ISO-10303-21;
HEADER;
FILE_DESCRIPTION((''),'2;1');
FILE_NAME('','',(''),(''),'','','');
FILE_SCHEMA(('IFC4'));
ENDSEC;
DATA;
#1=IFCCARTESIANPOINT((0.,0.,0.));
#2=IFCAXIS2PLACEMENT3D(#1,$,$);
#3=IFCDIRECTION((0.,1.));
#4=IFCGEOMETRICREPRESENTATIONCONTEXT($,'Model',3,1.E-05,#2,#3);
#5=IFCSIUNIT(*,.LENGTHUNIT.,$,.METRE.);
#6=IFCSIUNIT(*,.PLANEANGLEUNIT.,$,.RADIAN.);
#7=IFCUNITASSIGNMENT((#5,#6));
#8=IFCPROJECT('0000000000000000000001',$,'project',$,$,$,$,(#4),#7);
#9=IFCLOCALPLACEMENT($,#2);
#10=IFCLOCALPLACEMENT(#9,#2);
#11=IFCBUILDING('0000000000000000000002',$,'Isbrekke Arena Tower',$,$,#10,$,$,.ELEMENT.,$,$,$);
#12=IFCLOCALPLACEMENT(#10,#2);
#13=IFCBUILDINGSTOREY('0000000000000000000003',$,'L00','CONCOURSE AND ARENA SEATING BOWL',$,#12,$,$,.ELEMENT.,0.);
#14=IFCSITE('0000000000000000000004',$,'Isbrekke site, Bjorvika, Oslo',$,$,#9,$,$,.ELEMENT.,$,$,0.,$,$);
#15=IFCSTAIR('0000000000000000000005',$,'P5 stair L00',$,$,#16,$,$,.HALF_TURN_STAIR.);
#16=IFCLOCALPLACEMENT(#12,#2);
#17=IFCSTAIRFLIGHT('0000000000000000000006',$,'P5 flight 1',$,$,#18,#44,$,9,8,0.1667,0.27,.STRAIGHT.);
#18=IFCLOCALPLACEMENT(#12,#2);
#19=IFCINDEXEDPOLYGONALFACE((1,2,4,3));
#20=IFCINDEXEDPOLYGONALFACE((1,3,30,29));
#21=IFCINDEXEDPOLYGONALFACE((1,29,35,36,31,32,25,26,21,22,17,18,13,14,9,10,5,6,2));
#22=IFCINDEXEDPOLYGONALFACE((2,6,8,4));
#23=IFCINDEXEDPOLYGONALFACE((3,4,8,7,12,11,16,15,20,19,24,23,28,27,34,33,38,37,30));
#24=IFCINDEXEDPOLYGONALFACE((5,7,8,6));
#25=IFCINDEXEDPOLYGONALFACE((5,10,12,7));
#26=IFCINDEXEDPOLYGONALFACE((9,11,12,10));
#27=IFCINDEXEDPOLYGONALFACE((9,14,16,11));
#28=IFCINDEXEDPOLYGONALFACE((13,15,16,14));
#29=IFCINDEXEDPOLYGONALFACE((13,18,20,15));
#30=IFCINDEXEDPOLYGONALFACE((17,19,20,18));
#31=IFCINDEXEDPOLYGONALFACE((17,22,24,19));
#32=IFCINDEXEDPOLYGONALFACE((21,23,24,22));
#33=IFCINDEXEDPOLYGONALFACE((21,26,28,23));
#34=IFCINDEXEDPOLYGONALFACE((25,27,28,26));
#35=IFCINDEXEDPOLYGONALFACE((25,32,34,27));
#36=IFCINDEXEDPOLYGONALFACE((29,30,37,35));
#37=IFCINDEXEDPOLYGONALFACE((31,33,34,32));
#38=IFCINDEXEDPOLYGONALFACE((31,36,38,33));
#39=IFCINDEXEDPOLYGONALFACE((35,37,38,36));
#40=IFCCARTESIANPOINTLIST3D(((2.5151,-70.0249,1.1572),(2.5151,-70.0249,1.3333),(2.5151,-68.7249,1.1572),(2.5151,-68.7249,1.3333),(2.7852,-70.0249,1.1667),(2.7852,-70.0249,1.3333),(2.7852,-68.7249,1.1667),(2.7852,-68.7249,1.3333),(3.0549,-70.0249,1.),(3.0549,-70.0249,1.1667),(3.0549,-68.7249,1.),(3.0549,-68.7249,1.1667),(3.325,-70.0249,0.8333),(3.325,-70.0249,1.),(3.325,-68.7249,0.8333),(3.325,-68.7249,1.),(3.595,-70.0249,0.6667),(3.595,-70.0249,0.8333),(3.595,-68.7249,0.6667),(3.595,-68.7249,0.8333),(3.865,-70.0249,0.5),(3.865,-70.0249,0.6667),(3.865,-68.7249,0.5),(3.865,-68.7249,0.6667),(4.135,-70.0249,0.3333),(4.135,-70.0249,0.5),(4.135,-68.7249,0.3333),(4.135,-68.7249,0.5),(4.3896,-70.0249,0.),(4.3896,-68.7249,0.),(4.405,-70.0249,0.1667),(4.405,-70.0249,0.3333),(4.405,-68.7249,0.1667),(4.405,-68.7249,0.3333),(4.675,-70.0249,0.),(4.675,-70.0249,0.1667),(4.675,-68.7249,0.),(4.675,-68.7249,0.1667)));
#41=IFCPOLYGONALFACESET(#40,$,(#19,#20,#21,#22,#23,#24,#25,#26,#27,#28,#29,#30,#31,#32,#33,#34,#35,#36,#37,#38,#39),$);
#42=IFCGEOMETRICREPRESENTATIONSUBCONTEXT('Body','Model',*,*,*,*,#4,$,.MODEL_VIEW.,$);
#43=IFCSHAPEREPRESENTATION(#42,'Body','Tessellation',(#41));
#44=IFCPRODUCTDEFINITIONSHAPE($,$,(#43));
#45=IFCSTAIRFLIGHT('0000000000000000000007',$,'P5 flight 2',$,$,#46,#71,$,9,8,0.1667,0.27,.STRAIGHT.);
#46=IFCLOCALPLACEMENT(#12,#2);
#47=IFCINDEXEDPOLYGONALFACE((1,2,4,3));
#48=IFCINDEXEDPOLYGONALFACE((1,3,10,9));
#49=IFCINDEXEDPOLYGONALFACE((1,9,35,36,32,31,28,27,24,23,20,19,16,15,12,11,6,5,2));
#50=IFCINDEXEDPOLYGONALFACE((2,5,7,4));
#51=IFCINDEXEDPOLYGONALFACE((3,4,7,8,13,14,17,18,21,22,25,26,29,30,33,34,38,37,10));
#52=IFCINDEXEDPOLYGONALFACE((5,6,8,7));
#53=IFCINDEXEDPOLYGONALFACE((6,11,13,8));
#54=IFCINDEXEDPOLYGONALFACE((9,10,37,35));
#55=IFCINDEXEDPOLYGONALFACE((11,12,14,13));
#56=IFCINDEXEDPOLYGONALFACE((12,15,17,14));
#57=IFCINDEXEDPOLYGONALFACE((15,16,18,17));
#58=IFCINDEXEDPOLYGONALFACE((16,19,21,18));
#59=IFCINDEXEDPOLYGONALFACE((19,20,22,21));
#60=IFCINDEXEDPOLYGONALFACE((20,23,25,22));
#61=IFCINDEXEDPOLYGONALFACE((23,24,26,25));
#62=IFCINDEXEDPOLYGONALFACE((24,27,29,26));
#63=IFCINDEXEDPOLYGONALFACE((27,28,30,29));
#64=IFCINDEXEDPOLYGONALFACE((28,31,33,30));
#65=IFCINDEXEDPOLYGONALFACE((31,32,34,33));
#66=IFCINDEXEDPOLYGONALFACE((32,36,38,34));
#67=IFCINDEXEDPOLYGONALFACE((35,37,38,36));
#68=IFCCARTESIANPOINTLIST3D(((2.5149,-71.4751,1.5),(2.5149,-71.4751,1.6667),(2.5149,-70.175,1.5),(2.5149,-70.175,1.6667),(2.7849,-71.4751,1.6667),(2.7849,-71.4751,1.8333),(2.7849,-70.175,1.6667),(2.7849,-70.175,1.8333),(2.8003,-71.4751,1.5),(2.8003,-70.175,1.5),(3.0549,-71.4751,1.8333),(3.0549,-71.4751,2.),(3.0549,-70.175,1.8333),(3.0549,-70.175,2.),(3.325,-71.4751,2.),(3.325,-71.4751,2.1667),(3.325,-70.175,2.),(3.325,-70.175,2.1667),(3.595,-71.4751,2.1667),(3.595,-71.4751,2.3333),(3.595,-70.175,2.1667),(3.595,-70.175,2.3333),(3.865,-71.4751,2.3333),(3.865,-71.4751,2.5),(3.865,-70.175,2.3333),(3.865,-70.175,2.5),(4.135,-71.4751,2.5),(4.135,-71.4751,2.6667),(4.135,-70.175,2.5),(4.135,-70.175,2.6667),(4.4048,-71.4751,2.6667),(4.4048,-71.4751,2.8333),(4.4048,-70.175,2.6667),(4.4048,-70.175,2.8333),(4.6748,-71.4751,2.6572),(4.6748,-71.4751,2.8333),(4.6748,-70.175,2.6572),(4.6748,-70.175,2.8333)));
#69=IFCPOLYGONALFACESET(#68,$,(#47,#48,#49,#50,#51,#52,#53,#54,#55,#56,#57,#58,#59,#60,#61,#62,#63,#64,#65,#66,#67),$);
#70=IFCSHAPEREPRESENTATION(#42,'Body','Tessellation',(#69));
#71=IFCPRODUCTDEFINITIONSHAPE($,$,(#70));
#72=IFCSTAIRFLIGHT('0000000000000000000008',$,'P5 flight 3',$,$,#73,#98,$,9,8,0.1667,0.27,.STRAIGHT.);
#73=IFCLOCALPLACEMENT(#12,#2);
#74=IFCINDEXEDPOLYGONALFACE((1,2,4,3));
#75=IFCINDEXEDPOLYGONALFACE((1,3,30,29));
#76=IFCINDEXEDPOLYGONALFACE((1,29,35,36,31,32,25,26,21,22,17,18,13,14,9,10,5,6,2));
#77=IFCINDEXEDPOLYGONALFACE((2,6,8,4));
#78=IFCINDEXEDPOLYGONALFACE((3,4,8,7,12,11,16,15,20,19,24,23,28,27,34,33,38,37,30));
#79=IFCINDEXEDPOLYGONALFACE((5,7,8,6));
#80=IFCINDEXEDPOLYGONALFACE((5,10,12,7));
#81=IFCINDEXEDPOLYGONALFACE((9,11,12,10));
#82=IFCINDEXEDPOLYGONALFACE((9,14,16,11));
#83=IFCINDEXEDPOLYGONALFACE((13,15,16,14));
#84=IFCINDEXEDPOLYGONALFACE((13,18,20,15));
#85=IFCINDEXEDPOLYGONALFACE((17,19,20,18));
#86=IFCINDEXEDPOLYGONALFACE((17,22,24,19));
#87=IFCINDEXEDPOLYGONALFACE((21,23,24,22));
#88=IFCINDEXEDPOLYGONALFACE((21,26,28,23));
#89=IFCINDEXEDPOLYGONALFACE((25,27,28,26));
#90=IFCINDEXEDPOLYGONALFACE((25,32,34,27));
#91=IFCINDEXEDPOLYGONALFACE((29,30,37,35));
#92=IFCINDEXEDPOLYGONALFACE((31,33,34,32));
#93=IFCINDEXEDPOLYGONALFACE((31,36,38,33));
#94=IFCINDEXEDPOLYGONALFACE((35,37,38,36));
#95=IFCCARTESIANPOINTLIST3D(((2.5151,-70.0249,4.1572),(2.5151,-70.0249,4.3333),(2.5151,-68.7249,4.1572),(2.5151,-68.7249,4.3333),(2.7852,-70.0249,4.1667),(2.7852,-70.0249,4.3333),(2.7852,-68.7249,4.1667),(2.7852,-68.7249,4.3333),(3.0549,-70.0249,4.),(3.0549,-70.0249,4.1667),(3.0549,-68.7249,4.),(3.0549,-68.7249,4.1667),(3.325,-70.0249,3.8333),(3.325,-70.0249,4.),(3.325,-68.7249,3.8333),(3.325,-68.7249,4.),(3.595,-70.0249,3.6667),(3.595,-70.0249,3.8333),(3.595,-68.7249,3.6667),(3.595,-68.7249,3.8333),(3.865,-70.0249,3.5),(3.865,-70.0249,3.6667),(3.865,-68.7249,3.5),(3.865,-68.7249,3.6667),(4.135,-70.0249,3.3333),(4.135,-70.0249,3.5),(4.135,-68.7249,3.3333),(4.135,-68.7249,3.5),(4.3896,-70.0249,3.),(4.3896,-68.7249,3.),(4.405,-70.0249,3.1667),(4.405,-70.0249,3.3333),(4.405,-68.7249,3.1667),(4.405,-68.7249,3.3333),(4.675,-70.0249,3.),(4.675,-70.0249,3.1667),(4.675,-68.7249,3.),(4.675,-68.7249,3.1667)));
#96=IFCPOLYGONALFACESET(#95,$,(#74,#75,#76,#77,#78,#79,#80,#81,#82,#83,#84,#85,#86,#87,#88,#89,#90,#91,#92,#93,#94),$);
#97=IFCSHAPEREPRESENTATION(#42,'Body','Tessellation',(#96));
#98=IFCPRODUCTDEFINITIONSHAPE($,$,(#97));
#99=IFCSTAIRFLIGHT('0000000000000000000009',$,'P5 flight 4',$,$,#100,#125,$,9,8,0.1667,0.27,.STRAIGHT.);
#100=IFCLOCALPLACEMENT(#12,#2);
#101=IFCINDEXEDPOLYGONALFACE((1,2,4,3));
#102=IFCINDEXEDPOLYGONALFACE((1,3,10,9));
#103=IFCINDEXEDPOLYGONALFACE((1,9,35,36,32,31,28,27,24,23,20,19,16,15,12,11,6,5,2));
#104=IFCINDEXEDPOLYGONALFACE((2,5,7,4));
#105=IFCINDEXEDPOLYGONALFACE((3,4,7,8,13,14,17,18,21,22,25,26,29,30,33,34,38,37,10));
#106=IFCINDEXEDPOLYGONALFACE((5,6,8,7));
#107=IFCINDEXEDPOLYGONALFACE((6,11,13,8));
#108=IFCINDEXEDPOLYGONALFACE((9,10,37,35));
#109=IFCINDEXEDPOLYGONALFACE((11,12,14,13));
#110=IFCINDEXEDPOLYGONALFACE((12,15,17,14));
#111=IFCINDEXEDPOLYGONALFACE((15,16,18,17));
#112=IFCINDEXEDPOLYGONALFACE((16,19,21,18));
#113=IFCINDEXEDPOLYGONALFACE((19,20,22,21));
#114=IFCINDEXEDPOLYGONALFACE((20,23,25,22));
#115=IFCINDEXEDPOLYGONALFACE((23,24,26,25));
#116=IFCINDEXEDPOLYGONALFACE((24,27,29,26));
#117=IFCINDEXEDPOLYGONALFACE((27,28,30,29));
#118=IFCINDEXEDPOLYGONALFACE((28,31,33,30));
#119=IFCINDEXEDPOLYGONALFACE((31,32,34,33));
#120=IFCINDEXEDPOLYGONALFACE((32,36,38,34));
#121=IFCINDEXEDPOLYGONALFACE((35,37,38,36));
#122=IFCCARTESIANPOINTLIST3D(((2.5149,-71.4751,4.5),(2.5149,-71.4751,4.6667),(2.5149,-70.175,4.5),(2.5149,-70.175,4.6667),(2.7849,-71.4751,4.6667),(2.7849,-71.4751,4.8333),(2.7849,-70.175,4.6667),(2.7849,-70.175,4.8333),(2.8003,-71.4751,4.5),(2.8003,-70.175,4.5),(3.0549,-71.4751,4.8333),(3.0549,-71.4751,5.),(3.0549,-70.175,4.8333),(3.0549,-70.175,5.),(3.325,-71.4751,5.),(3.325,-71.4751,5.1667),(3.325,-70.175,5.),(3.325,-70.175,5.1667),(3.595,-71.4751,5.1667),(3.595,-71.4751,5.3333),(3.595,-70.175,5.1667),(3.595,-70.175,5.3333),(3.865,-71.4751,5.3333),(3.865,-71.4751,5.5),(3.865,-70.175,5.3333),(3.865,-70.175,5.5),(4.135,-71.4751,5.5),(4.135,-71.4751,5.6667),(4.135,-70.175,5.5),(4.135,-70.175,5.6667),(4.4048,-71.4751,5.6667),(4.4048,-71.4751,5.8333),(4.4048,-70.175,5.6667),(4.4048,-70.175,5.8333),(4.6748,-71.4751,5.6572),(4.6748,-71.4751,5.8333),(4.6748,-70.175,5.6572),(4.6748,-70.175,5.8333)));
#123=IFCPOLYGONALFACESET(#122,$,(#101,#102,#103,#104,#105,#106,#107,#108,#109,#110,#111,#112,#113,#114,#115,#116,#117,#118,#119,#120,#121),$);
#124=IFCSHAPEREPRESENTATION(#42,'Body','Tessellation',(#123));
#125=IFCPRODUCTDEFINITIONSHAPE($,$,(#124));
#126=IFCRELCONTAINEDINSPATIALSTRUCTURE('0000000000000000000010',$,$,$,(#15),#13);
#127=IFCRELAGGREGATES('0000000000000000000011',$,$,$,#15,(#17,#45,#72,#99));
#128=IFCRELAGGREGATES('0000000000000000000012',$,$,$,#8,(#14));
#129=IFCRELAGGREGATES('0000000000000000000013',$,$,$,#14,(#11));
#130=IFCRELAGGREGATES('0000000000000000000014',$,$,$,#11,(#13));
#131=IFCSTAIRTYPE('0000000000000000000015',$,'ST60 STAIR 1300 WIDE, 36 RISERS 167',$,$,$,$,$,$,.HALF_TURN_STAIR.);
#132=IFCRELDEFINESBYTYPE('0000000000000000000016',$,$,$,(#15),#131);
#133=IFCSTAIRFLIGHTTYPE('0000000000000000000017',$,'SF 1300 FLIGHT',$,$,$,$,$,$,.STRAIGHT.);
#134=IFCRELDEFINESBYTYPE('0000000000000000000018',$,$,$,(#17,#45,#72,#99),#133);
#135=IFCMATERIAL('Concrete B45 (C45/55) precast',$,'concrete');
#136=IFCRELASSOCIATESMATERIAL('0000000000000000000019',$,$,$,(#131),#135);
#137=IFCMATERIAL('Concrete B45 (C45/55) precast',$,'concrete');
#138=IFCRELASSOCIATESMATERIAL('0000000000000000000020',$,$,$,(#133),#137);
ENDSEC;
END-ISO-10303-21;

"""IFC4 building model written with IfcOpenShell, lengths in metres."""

from ifc_helpers import new_model, si_unit, direction, frame, origin, place, context, subcontext, project, spatial, polyline, outline, extrude, material, type_object, element, aggregate, save


model = new_model("IFC4")

# Units and contexts
model_context = context("Model", 3, precision=1e-05, world=origin(), true_north=direction((0.0, 1.0)))
body_context = subcontext(model_context, "Body", "Model", "MODEL_VIEW")
ifc_project = project(units=[si_unit("LENGTHUNIT", "METRE"), si_unit("PLANEANGLEUNIT", "RADIAN")], contexts=[model_context])

# Site, building, storey
site_placement = place(None, origin())
site = spatial("IfcSite", under=ifc_project, at=site_placement, Name="Isbrekke site, Bjorvika, Oslo", CompositionType="ELEMENT", RefElevation=0.0)
building_placement = place(site_placement, origin())
building = spatial("IfcBuilding", under=site, at=building_placement, Name="Isbrekke Arena Tower", CompositionType="ELEMENT")
storey_placement = place(building_placement, origin())
storey = spatial("IfcBuildingStorey", under=building, at=storey_placement, Name="L00", Description="CONCOURSE AND ARENA SEATING BOWL", CompositionType="ELEMENT", Elevation=0.0)

# Stair, stair flights
ifc_material_1 = material(Name="Concrete B45 (C45/55) precast", Category="concrete")
stair_type = type_object("IfcStairType", Name="ST60 STAIR 1300 WIDE, 36 RISERS 167", PredefinedType="HALF_TURN_STAIR", material=ifc_material_1)
stair_placement = place(storey_placement, origin())
stair = element("IfcStair", 1, at=stair_placement, inside=storey, type_object=stair_type, Name="P5 stair L00", PredefinedType="HALF_TURN_STAIR")
ifc_material_2 = material(Name="Concrete B45 (C45/55) precast", Category="concrete")
stair_flight_type = type_object("IfcStairFlightType", Name="SF 1300 FLIGHT", PredefinedType="STRAIGHT", material=ifc_material_2)
stair_flight_1_placement = place(storey_placement, frame((4.675, -69.375, 0.0), z_axis=(0.0, 0.0, 1.0), x_axis=(-1.0, 0.0, 0.0)))
stair_flight_1 = element("IfcStairFlight", 2, at=stair_flight_1_placement, type_object=stair_flight_type, Name="P5 flight 1", NumberOfRisers=9, NumberOfTreads=8, PredefinedType="STRAIGHT", RiserHeight=0.1667, TreadLength=0.27, context=body_context, shape_type="SweptSolid", body=[
    extrude(outline(polyline([(0.0, 0.0), (0.0, 0.1667), (0.27, 0.1667), (0.27, 0.3333), (0.54, 0.3333), (0.54, 0.5), (0.8101, 0.5), (0.8101, 0.6667), (1.0801, 0.6667), (1.0801, 0.8333), (1.3501, 0.8333), (1.3501, 1.0), (1.6201, 1.0), (1.6201, 1.1667), (1.8899, 1.1667), (1.8899, 1.3333), (2.1599, 1.3333), (2.1599, 1.5), (2.1599, 1.1572), (0.2854, 0.0), (0.0, 0.0)])), frame((0.0, 0.6499, 0.0), z_axis=(0.0, -1.0, 0.0), x_axis=(1.0, 0.0, 0.0)), (0.0, 0.0, 1.0), 1.3),
])
stair_flight_2_placement = place(storey_placement, frame((2.5149, -70.825, 1.5), z_axis=(0.0, 0.0, 1.0), x_axis=(1.0, 0.0, 0.0)))
stair_flight_2 = element("IfcStairFlight", 3, at=stair_flight_2_placement, type_object=stair_flight_type, Name="P5 flight 2", NumberOfRisers=9, NumberOfTreads=8, PredefinedType="STRAIGHT", RiserHeight=0.1667, TreadLength=0.27, context=body_context, shape_type="SweptSolid", body=[
    extrude(outline(polyline([(0.0, 0.0), (0.0, 0.1667), (0.27, 0.1667), (0.27, 0.3333), (0.54, 0.3333), (0.54, 0.5), (0.8101, 0.5), (0.8101, 0.6667), (1.0801, 0.6667), (1.0801, 0.8333), (1.3501, 0.8333), (1.3501, 1.0), (1.6201, 1.0), (1.6201, 1.1667), (1.8899, 1.1667), (1.8899, 1.3333), (2.1599, 1.3333), (2.1599, 1.5), (2.1599, 1.1572), (0.2854, 0.0), (0.0, 0.0)])), frame((0.0, 0.6499, 0.0), z_axis=(0.0, -1.0, 0.0), x_axis=(1.0, 0.0, 0.0)), (0.0, 0.0, 1.0), 1.3),
])
stair_flight_3_placement = place(storey_placement, frame((4.675, -69.375, 3.0), z_axis=(0.0, 0.0, 1.0), x_axis=(-1.0, 0.0, 0.0)))
stair_flight_3 = element("IfcStairFlight", 4, at=stair_flight_3_placement, type_object=stair_flight_type, Name="P5 flight 3", NumberOfRisers=9, NumberOfTreads=8, PredefinedType="STRAIGHT", RiserHeight=0.1667, TreadLength=0.27, context=body_context, shape_type="SweptSolid", body=[
    extrude(outline(polyline([(0.0, 0.0), (0.0, 0.1667), (0.27, 0.1667), (0.27, 0.3333), (0.54, 0.3333), (0.54, 0.5), (0.8101, 0.5), (0.8101, 0.6667), (1.0801, 0.6667), (1.0801, 0.8333), (1.3501, 0.8333), (1.3501, 1.0), (1.6201, 1.0), (1.6201, 1.1667), (1.8899, 1.1667), (1.8899, 1.3333), (2.1599, 1.3333), (2.1599, 1.5), (2.1599, 1.1572), (0.2854, 0.0), (0.0, 0.0)])), frame((0.0, 0.6499, 0.0), z_axis=(0.0, -1.0, 0.0), x_axis=(1.0, 0.0, 0.0)), (0.0, 0.0, 1.0), 1.3),
])
stair_flight_4_placement = place(storey_placement, frame((2.5149, -70.825, 4.5), z_axis=(0.0, 0.0, 1.0), x_axis=(1.0, 0.0, 0.0)))
stair_flight_4 = element("IfcStairFlight", 5, at=stair_flight_4_placement, type_object=stair_flight_type, Name="P5 flight 4", NumberOfRisers=9, NumberOfTreads=8, PredefinedType="STRAIGHT", RiserHeight=0.1667, TreadLength=0.27, context=body_context, shape_type="SweptSolid", body=[
    extrude(outline(polyline([(0.0, 0.0), (0.0, 0.1667), (0.27, 0.1667), (0.27, 0.3333), (0.54, 0.3333), (0.54, 0.5), (0.8101, 0.5), (0.8101, 0.6667), (1.0801, 0.6667), (1.0801, 0.8333), (1.3501, 0.8333), (1.3501, 1.0), (1.6201, 1.0), (1.6201, 1.1667), (1.8899, 1.1667), (1.8899, 1.3333), (2.1599, 1.3333), (2.1599, 1.5), (2.1599, 1.1572), (0.2854, 0.0), (0.0, 0.0)])), frame((0.0, 0.6499, 0.0), z_axis=(0.0, -1.0, 0.0), x_axis=(1.0, 0.0, 0.0)), (0.0, 0.0, 1.0), 1.3),
])
aggregate(stair, [stair_flight_1, stair_flight_2, stair_flight_3, stair_flight_4])

save(model, "model.ifc")
